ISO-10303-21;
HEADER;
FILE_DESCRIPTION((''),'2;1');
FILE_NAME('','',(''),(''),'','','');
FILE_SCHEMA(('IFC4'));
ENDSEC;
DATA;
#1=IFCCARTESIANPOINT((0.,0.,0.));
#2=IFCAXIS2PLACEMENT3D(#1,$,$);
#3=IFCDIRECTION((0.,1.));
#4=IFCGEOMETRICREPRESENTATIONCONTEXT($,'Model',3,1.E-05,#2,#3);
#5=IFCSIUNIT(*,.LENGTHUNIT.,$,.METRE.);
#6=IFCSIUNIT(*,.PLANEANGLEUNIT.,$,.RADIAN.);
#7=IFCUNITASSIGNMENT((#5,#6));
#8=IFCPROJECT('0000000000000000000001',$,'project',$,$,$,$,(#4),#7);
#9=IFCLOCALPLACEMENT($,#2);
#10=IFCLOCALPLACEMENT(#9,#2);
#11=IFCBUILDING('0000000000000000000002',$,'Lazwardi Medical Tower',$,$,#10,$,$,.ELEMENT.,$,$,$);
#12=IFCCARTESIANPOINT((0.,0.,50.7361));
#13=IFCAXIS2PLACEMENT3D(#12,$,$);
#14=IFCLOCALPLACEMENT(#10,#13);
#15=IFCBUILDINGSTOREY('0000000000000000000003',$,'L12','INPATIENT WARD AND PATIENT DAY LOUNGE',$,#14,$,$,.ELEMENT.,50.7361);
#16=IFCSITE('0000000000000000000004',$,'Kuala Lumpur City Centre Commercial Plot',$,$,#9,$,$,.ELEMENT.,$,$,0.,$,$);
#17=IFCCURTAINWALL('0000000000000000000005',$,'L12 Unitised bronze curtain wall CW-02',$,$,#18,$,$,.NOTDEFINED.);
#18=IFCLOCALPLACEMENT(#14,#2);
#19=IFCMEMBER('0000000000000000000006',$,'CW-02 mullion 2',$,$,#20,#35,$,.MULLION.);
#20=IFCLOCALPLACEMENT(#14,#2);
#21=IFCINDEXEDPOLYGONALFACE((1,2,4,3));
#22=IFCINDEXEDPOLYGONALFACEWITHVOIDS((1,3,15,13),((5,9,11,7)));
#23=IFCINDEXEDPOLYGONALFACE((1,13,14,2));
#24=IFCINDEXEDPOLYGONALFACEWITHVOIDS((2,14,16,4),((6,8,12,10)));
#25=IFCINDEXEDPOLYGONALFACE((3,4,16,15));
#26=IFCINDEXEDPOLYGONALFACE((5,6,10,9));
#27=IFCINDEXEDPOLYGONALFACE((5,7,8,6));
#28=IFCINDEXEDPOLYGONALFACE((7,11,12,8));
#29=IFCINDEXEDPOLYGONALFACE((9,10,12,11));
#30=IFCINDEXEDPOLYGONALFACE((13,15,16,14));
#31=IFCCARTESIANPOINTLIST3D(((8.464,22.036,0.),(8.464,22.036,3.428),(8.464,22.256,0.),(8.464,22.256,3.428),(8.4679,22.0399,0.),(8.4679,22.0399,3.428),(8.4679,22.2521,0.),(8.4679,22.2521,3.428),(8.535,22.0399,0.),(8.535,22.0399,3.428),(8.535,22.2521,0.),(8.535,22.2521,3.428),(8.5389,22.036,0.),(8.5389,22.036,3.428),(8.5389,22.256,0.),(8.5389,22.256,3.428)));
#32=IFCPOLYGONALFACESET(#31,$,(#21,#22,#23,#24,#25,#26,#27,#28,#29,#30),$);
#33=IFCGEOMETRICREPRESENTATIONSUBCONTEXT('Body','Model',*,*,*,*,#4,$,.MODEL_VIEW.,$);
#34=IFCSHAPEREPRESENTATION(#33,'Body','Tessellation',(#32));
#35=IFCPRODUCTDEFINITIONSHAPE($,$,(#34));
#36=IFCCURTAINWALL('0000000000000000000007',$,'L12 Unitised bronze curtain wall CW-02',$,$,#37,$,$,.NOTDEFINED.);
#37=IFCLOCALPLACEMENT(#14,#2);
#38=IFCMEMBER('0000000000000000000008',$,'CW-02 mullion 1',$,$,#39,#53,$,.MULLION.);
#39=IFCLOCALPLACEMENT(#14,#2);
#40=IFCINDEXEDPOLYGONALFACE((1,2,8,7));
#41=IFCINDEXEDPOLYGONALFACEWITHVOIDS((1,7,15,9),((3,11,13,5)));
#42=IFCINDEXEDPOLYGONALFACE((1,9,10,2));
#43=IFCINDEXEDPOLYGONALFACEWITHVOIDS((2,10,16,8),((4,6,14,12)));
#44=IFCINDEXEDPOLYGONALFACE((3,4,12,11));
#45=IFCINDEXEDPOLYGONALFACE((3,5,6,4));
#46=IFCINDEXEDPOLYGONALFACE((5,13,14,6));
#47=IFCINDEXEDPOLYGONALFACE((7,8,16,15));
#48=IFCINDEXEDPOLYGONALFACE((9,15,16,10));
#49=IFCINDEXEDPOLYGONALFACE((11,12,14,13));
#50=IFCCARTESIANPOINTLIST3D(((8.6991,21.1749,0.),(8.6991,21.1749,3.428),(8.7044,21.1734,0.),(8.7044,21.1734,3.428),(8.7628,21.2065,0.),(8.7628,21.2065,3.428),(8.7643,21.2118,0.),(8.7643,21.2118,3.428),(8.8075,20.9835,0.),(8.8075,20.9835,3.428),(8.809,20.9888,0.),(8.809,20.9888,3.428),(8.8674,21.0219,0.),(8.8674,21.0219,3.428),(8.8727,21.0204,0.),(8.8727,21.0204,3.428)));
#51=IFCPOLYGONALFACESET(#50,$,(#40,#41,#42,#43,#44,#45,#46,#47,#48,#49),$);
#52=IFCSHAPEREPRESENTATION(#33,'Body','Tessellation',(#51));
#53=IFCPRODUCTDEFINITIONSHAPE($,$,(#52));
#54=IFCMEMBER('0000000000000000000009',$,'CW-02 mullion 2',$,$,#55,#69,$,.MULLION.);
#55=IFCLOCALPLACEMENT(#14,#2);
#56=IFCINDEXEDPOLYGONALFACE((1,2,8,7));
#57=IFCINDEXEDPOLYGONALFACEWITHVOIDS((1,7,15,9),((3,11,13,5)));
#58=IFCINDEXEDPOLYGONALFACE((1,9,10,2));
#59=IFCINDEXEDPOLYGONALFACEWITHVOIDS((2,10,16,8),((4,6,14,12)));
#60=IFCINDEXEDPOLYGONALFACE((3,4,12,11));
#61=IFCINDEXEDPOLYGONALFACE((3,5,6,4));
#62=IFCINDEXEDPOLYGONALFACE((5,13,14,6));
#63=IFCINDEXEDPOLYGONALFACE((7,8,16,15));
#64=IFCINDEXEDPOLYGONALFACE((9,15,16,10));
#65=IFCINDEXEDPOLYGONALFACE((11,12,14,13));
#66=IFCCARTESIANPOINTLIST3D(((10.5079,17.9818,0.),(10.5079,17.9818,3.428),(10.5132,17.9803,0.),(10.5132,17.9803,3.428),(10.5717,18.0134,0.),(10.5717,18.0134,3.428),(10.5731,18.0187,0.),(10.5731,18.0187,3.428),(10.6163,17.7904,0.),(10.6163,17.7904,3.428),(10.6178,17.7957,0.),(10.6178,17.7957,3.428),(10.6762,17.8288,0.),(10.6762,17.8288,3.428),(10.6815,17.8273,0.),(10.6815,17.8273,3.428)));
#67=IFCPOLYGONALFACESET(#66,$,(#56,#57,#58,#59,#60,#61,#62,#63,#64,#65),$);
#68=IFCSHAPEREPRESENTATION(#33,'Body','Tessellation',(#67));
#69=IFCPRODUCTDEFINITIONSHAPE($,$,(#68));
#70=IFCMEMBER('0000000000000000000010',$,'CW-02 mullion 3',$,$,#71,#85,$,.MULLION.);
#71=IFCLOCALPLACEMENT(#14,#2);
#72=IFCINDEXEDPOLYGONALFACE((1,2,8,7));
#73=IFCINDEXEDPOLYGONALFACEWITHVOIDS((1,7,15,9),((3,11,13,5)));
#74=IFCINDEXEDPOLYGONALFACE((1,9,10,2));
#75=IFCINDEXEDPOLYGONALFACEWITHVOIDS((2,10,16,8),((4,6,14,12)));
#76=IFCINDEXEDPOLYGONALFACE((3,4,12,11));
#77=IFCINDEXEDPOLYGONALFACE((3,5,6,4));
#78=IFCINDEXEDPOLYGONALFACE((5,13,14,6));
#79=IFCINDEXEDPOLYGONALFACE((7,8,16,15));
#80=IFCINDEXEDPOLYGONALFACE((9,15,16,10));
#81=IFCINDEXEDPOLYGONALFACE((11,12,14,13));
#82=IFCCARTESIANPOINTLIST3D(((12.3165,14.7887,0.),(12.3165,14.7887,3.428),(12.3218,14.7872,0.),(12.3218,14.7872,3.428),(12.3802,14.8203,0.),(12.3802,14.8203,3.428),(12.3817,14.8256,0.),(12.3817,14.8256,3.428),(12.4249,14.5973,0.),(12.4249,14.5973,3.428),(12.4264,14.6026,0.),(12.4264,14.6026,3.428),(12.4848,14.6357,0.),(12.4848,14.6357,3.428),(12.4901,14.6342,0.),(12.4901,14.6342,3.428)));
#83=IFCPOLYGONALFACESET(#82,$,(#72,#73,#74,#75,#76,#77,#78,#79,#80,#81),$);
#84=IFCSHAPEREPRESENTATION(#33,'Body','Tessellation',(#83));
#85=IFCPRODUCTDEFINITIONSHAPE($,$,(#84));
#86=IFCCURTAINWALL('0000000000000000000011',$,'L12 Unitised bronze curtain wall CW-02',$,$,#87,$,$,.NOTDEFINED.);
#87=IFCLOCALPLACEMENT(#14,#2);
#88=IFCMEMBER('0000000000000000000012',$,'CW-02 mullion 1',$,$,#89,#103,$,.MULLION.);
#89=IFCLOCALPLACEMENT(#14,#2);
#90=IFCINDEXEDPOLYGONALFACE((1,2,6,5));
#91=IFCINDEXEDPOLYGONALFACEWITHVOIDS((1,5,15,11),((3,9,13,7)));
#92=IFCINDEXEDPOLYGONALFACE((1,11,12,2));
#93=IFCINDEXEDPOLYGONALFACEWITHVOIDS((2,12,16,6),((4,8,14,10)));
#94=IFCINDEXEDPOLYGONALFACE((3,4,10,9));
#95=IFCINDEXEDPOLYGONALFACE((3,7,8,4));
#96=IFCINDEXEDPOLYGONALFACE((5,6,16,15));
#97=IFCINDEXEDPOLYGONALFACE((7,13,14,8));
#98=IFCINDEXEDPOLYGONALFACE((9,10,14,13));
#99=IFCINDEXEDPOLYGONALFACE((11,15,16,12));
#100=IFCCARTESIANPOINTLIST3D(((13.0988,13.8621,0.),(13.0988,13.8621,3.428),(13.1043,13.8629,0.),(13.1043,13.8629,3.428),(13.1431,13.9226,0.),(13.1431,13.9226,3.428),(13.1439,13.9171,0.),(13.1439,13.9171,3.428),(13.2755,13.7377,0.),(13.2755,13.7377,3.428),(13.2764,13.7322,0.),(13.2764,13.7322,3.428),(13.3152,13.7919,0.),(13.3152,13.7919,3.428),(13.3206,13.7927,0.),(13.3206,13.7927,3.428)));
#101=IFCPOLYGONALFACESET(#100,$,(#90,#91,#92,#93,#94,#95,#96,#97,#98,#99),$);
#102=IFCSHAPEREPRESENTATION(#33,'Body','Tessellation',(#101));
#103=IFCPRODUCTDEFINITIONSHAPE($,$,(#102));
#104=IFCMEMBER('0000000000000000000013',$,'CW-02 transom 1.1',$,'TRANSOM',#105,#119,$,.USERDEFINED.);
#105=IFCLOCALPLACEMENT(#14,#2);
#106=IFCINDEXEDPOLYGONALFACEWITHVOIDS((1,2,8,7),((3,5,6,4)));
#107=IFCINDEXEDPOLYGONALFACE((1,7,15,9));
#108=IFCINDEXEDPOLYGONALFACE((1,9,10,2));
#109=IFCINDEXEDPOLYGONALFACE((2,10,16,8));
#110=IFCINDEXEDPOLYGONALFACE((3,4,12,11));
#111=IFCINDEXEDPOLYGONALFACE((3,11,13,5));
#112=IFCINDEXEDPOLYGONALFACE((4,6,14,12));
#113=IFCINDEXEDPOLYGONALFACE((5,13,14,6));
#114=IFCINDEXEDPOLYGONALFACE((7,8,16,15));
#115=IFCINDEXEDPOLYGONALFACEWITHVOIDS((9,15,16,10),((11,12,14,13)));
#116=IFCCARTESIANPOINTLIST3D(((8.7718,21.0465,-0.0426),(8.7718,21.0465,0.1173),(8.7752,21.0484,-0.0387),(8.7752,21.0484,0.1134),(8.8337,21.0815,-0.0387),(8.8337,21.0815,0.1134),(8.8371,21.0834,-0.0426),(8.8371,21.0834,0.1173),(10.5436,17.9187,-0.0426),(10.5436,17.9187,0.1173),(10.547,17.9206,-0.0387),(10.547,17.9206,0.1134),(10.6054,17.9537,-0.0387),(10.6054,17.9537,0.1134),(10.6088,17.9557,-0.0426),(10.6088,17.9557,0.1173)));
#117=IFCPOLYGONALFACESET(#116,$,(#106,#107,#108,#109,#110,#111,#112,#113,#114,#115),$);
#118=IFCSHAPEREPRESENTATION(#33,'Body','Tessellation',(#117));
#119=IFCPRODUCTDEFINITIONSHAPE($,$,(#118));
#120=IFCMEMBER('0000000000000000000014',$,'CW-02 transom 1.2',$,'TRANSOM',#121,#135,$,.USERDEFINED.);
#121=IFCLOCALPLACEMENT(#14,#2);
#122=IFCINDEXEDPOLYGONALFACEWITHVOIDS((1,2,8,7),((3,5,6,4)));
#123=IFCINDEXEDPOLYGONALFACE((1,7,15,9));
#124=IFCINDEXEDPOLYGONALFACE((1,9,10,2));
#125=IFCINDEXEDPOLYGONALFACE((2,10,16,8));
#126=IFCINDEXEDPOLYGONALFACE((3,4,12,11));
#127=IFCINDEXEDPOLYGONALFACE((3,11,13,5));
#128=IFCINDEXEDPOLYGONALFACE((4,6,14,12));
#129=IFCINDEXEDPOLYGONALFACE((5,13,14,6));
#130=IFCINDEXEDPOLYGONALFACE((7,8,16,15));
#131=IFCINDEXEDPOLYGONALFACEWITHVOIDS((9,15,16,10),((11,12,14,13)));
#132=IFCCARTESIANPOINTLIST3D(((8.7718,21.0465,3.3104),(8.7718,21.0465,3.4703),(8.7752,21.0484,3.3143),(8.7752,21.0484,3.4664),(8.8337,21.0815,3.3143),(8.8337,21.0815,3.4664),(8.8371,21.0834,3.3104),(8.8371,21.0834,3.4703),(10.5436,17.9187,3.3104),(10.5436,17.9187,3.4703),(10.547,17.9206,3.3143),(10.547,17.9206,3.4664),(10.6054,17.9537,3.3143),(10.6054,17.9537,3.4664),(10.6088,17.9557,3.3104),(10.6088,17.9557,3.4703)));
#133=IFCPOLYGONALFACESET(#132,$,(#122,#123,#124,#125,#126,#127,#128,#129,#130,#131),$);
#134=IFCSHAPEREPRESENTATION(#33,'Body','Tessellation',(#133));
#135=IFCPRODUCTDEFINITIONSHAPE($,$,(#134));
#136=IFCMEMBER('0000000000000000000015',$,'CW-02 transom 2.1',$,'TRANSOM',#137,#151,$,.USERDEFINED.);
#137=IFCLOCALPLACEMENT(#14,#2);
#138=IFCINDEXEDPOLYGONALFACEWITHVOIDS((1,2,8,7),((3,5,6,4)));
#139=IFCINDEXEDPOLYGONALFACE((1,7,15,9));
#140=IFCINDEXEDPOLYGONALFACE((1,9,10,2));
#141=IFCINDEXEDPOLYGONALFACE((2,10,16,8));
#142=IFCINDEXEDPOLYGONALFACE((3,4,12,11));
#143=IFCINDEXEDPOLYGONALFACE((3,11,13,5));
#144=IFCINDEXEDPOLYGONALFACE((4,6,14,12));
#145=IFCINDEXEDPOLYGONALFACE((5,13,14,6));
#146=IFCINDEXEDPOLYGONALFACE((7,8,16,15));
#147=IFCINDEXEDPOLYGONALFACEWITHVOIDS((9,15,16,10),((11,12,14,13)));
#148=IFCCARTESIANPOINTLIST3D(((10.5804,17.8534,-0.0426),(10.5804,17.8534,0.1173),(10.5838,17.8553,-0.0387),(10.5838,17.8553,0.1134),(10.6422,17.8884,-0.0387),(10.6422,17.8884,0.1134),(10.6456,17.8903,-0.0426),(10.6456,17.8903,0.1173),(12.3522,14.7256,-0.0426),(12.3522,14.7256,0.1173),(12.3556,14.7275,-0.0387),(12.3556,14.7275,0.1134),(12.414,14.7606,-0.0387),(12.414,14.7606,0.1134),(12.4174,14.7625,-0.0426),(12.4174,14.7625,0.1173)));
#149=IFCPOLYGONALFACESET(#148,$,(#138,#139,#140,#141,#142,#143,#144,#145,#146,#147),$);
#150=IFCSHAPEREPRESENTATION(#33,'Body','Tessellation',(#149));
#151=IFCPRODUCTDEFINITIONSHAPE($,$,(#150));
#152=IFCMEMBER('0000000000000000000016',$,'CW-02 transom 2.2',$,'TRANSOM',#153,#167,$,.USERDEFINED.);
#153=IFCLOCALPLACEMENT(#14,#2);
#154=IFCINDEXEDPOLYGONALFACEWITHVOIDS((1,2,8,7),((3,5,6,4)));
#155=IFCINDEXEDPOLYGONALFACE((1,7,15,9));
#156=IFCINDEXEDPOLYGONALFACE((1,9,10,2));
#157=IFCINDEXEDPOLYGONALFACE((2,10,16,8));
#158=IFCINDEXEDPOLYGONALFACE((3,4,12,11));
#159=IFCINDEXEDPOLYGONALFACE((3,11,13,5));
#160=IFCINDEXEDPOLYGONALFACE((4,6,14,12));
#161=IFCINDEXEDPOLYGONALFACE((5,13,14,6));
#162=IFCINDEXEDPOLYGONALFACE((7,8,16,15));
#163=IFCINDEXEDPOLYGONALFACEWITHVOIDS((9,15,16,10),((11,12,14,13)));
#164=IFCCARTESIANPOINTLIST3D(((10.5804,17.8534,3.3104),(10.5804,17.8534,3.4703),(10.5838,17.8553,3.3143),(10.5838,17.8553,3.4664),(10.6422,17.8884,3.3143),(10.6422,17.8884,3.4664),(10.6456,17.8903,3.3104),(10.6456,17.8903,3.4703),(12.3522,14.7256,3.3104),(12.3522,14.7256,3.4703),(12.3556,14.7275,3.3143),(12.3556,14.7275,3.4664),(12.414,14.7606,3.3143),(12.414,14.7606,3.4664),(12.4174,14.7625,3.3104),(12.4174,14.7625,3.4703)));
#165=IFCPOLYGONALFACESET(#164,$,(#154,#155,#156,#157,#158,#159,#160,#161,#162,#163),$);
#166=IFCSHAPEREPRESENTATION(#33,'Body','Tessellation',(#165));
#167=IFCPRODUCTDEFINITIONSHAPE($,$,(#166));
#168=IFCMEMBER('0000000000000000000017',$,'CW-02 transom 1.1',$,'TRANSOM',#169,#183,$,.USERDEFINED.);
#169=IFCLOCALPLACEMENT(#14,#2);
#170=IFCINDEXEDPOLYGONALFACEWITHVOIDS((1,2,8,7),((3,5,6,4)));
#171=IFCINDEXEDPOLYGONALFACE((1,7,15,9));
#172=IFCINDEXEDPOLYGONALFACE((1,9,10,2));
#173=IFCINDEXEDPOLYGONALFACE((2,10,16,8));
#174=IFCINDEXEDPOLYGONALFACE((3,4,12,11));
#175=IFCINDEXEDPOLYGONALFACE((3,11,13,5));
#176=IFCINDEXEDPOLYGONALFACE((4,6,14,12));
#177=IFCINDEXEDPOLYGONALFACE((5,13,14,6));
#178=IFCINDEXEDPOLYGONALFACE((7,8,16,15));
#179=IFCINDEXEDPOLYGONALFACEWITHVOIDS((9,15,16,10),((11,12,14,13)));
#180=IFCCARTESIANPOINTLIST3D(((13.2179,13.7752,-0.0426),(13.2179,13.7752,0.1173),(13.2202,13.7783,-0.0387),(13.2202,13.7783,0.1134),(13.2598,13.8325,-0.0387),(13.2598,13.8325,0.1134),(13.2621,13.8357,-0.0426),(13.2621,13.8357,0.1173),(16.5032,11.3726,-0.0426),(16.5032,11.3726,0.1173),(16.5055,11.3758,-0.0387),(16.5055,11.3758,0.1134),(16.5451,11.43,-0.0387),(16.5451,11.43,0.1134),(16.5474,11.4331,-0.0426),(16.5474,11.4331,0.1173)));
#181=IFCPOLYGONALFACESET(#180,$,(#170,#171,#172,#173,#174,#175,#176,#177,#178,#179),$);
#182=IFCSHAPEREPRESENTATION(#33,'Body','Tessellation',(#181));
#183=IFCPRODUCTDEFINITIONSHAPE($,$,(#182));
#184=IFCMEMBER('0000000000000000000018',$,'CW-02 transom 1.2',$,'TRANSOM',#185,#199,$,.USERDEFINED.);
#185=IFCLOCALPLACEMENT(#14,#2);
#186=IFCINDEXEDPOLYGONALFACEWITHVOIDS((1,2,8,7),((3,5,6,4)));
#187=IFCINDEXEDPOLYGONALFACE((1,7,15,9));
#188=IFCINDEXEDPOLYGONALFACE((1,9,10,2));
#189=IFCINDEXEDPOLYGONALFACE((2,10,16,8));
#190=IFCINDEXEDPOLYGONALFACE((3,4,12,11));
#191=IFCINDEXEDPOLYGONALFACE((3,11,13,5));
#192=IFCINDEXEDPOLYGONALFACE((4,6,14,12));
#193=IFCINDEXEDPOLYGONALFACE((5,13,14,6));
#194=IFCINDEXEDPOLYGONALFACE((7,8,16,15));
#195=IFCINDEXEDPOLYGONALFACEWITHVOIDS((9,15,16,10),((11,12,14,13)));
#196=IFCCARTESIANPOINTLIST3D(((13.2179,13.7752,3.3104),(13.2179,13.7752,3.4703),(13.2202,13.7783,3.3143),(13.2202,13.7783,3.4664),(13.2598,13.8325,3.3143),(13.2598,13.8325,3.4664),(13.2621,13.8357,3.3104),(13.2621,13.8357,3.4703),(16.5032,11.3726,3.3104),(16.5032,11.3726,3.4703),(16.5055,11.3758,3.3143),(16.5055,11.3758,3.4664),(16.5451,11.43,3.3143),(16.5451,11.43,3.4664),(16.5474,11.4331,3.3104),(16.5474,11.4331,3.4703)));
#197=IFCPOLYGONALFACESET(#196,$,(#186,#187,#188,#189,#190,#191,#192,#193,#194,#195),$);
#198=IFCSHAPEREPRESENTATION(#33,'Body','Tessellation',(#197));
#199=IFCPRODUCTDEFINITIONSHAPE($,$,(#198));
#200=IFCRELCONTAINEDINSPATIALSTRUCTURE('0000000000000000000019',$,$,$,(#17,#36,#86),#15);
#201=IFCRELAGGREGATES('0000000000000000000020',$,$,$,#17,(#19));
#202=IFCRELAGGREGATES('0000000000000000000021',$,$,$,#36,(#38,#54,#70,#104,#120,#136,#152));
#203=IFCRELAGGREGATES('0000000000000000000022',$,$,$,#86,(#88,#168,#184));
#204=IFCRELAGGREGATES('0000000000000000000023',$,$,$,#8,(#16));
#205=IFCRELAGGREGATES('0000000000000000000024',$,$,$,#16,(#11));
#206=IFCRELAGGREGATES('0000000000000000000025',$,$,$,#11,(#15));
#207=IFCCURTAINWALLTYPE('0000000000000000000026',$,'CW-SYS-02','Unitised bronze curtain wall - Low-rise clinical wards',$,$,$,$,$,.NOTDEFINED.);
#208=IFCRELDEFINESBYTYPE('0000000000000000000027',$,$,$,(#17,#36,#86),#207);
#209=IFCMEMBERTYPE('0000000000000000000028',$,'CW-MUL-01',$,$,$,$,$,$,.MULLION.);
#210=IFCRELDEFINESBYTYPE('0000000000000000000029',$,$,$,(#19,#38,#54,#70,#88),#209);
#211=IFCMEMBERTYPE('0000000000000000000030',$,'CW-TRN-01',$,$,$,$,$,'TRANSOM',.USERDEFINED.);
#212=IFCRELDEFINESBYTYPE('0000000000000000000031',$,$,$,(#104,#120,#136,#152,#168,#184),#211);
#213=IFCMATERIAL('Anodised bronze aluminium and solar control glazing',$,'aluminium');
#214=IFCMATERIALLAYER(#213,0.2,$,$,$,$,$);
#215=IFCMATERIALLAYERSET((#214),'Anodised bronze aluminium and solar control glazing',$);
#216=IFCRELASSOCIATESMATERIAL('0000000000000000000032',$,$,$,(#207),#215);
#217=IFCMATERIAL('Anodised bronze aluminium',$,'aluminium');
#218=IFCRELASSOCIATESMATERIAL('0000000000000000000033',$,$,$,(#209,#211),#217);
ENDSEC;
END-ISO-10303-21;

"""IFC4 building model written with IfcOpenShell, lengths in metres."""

from ifc_helpers import new_model, si_unit, direction, frame, origin, origin_2d, place, context, subcontext, project, spatial, hollow_rectangle, extrude, material, layer, layer_set, material_profile, profile_set, type_object, element, aggregate, save


model = new_model("IFC4")

# Units and contexts
model_context = context("Model", 3, precision=1e-05, world=origin(), true_north=direction((0.0, 1.0)))
body_context = subcontext(model_context, "Body", "Model", "MODEL_VIEW")
ifc_project = project(units=[si_unit("LENGTHUNIT", "METRE"), si_unit("PLANEANGLEUNIT", "RADIAN")], contexts=[model_context])

# Site, building, storey
site_placement = place(None, origin())
site = spatial("IfcSite", under=ifc_project, at=site_placement, Name="Kuala Lumpur City Centre Commercial Plot", CompositionType="ELEMENT", RefElevation=0.0)
building_placement = place(site_placement, origin())
building = spatial("IfcBuilding", under=site, at=building_placement, Name="Lazwardi Medical Tower", CompositionType="ELEMENT")
storey_placement = place(building_placement, frame((0.0, 0.0, 50.7361)))
storey = spatial("IfcBuildingStorey", under=building, at=storey_placement, Name="L12", Description="INPATIENT WARD AND PATIENT DAY LOUNGE", CompositionType="ELEMENT", Elevation=50.7361)

# Curtain wall, member
ifc_material_1 = material(Name="Anodised bronze aluminium and solar control glazing", Category="aluminium")
ifc_layer_1 = layer(ifc_material_1, 0.2)
ifc_layer_set_1 = layer_set([ifc_layer_1], Name="Anodised bronze aluminium and solar control glazing")
curtain_wall_type = type_object("IfcCurtainWallType", Name="CW-SYS-02", Description="Unitised bronze curtain wall - Low-rise clinical wards", PredefinedType="NOTDEFINED", material=ifc_layer_set_1)
curtain_wall_1_placement = place(storey_placement, origin())
curtain_wall_1 = element("IfcCurtainWall", 1, at=curtain_wall_1_placement, inside=storey, type_object=curtain_wall_type, Name="L12 Unitised bronze curtain wall CW-02", PredefinedType="NOTDEFINED")
ifc_material_2 = material(Name="Anodised bronze aluminium", Category="aluminium")
ifc_material_profile_1 = material_profile(ifc_material_2, hollow_rectangle(XDim=0.075, YDim=0.22, WallThickness=0.0039, at=origin_2d()), Name="ALU-MULLION 220x75x4")
ifc_profile_set_1 = profile_set([ifc_material_profile_1], Name="Anodised bronze aluminium")
member_type_1 = type_object("IfcMemberType", Name="CW-MUL-01", PredefinedType="MULLION", material=ifc_profile_set_1)
member_1_placement = place(storey_placement, frame((8.5015, 22.146, 0.0), z_axis=(0.0, 0.0, 1.0), x_axis=(1.0, 0.0, 0.0)))
member_1 = element("IfcMember", 2, at=member_1_placement, type_object=member_type_1, Name="CW-02 mullion 2", PredefinedType="MULLION", context=body_context, shape_type="SweptSolid", body=[
    extrude(hollow_rectangle(XDim=0.075, YDim=0.22, WallThickness=0.0039, at=origin_2d()), origin(), (0.0, 0.0, 1.0), 3.428),
])

# Curtain wall, members
curtain_wall_2_placement = place(storey_placement, origin())
curtain_wall_2 = element("IfcCurtainWall", 3, at=curtain_wall_2_placement, inside=storey, type_object=curtain_wall_type, Name="L12 Unitised bronze curtain wall CW-02", PredefinedType="NOTDEFINED")
member_2_placement = place(storey_placement, frame((8.7859, 21.0977, 0.0), z_axis=(0.0, 0.0, 1.0), x_axis=(0.870112, 0.492854, 0.0)))
member_2 = element("IfcMember", 4, at=member_2_placement, type_object=member_type_1, Name="CW-02 mullion 1", PredefinedType="MULLION", context=body_context, shape_type="SweptSolid", body=[
    extrude(hollow_rectangle(XDim=0.075, YDim=0.22, WallThickness=0.0039, at=origin_2d()), origin(), (0.0, 0.0, 1.0), 3.428),
])
member_3_placement = place(storey_placement, frame((10.5947, 17.9045, 0.0), z_axis=(0.0, 0.0, 1.0), x_axis=(0.870112, 0.492854, 0.0)))
member_3 = element("IfcMember", 5, at=member_3_placement, type_object=member_type_1, Name="CW-02 mullion 2", PredefinedType="MULLION", context=body_context, shape_type="SweptSolid", body=[
    extrude(hollow_rectangle(XDim=0.075, YDim=0.22, WallThickness=0.0039, at=origin_2d()), origin(), (0.0, 0.0, 1.0), 3.428),
])
member_4_placement = place(storey_placement, frame((12.4033, 14.7114, 0.0), z_axis=(0.0, 0.0, 1.0), x_axis=(0.870112, 0.492854, 0.0)))
member_4 = element("IfcMember", 6, at=member_4_placement, type_object=member_type_1, Name="CW-02 mullion 3", PredefinedType="MULLION", context=body_context, shape_type="SweptSolid", body=[
    extrude(hollow_rectangle(XDim=0.075, YDim=0.22, WallThickness=0.0039, at=origin_2d()), origin(), (0.0, 0.0, 1.0), 3.428),
])

# Curtain wall, member
curtain_wall_3_placement = place(storey_placement, origin())
curtain_wall_3 = element("IfcCurtainWall", 7, at=curtain_wall_3_placement, inside=storey, type_object=curtain_wall_type, Name="L12 Unitised bronze curtain wall CW-02", PredefinedType="NOTDEFINED")
member_5_placement = place(storey_placement, frame((13.2097, 13.8274, 0.0), z_axis=(0.0, 0.0, 1.0), x_axis=(0.590289, 0.807192, 0.0)))
member_5 = element("IfcMember", 8, at=member_5_placement, type_object=member_type_1, Name="CW-02 mullion 1", PredefinedType="MULLION", context=body_context, shape_type="SweptSolid", body=[
    extrude(hollow_rectangle(XDim=0.075, YDim=0.22, WallThickness=0.0039, at=origin_2d()), origin(), (0.0, 0.0, 1.0), 3.428),
])

# Members
ifc_material_profile_2 = material_profile(ifc_material_2, hollow_rectangle(XDim=0.075, YDim=0.1599, WallThickness=0.0039, at=origin_2d()), Name="ALU-TRANSOM 160x75x4")
ifc_profile_set_2 = profile_set([ifc_material_profile_2], Name="Anodised bronze aluminium")
member_type_2 = type_object("IfcMemberType", Name="CW-TRN-01", ElementType="TRANSOM", PredefinedType="USERDEFINED", material=ifc_profile_set_2)
member_6_placement = place(storey_placement, frame((8.8044, 21.0649, 0.0374), z_axis=(0.492881, -0.870097, 0.0), x_axis=(0.870097, 0.492881, 0.0)))
member_6 = element("IfcMember", 9, at=member_6_placement, type_object=member_type_2, Name="CW-02 transom 1.1", ObjectType="TRANSOM", PredefinedType="USERDEFINED", context=body_context, shape_type="SweptSolid", body=[
    extrude(hollow_rectangle(XDim=0.075, YDim=0.1599, WallThickness=0.0039, at=origin_2d()), origin(), (0.0, 0.0, 1.0), 3.5947),
])
member_7_placement = place(storey_placement, frame((8.8044, 21.0649, 3.3904), z_axis=(0.492881, -0.870097, 0.0), x_axis=(0.870097, 0.492881, 0.0)))
member_7 = element("IfcMember", 10, at=member_7_placement, type_object=member_type_2, Name="CW-02 transom 1.2", ObjectType="TRANSOM", PredefinedType="USERDEFINED", context=body_context, shape_type="SweptSolid", body=[
    extrude(hollow_rectangle(XDim=0.075, YDim=0.1599, WallThickness=0.0039, at=origin_2d()), origin(), (0.0, 0.0, 1.0), 3.5947),
])
member_8_placement = place(storey_placement, frame((10.613, 17.8718, 0.0374), z_axis=(0.492881, -0.870097, 0.0), x_axis=(0.870097, 0.492881, 0.0)))
member_8 = element("IfcMember", 11, at=member_8_placement, type_object=member_type_2, Name="CW-02 transom 2.1", ObjectType="TRANSOM", PredefinedType="USERDEFINED", context=body_context, shape_type="SweptSolid", body=[
    extrude(hollow_rectangle(XDim=0.075, YDim=0.1599, WallThickness=0.0039, at=origin_2d()), origin(), (0.0, 0.0, 1.0), 3.5947),
])
member_9_placement = place(storey_placement, frame((10.613, 17.8718, 3.3904), z_axis=(0.492881, -0.870097, 0.0), x_axis=(0.870097, 0.492881, 0.0)))
member_9 = element("IfcMember", 12, at=member_9_placement, type_object=member_type_2, Name="CW-02 transom 2.2", ObjectType="TRANSOM", PredefinedType="USERDEFINED", context=body_context, shape_type="SweptSolid", body=[
    extrude(hollow_rectangle(XDim=0.075, YDim=0.1599, WallThickness=0.0039, at=origin_2d()), origin(), (0.0, 0.0, 1.0), 3.5947),
])
member_10_placement = place(storey_placement, frame((13.24, 13.8054, 0.0374), z_axis=(0.80719, -0.590292, 0.0), x_axis=(0.590292, 0.80719, 0.0)))
member_10 = element("IfcMember", 13, at=member_10_placement, type_object=member_type_2, Name="CW-02 transom 1.1", ObjectType="TRANSOM", PredefinedType="USERDEFINED", context=body_context, shape_type="SweptSolid", body=[
    extrude(hollow_rectangle(XDim=0.075, YDim=0.1599, WallThickness=0.0039, at=origin_2d()), origin(), (0.0, 0.0, 1.0), 4.0701),
])
member_11_placement = place(storey_placement, frame((13.24, 13.8054, 3.3904), z_axis=(0.80719, -0.590292, 0.0), x_axis=(0.590292, 0.80719, 0.0)))
member_11 = element("IfcMember", 14, at=member_11_placement, type_object=member_type_2, Name="CW-02 transom 1.2", ObjectType="TRANSOM", PredefinedType="USERDEFINED", context=body_context, shape_type="SweptSolid", body=[
    extrude(hollow_rectangle(XDim=0.075, YDim=0.1599, WallThickness=0.0039, at=origin_2d()), origin(), (0.0, 0.0, 1.0), 4.0701),
])

aggregate(curtain_wall_1, [member_1])
aggregate(curtain_wall_2, [member_2, member_3, member_4, member_6, member_7, member_8, member_9])
aggregate(curtain_wall_3, [member_5, member_10, member_11])

save(model, "model.ifc")
